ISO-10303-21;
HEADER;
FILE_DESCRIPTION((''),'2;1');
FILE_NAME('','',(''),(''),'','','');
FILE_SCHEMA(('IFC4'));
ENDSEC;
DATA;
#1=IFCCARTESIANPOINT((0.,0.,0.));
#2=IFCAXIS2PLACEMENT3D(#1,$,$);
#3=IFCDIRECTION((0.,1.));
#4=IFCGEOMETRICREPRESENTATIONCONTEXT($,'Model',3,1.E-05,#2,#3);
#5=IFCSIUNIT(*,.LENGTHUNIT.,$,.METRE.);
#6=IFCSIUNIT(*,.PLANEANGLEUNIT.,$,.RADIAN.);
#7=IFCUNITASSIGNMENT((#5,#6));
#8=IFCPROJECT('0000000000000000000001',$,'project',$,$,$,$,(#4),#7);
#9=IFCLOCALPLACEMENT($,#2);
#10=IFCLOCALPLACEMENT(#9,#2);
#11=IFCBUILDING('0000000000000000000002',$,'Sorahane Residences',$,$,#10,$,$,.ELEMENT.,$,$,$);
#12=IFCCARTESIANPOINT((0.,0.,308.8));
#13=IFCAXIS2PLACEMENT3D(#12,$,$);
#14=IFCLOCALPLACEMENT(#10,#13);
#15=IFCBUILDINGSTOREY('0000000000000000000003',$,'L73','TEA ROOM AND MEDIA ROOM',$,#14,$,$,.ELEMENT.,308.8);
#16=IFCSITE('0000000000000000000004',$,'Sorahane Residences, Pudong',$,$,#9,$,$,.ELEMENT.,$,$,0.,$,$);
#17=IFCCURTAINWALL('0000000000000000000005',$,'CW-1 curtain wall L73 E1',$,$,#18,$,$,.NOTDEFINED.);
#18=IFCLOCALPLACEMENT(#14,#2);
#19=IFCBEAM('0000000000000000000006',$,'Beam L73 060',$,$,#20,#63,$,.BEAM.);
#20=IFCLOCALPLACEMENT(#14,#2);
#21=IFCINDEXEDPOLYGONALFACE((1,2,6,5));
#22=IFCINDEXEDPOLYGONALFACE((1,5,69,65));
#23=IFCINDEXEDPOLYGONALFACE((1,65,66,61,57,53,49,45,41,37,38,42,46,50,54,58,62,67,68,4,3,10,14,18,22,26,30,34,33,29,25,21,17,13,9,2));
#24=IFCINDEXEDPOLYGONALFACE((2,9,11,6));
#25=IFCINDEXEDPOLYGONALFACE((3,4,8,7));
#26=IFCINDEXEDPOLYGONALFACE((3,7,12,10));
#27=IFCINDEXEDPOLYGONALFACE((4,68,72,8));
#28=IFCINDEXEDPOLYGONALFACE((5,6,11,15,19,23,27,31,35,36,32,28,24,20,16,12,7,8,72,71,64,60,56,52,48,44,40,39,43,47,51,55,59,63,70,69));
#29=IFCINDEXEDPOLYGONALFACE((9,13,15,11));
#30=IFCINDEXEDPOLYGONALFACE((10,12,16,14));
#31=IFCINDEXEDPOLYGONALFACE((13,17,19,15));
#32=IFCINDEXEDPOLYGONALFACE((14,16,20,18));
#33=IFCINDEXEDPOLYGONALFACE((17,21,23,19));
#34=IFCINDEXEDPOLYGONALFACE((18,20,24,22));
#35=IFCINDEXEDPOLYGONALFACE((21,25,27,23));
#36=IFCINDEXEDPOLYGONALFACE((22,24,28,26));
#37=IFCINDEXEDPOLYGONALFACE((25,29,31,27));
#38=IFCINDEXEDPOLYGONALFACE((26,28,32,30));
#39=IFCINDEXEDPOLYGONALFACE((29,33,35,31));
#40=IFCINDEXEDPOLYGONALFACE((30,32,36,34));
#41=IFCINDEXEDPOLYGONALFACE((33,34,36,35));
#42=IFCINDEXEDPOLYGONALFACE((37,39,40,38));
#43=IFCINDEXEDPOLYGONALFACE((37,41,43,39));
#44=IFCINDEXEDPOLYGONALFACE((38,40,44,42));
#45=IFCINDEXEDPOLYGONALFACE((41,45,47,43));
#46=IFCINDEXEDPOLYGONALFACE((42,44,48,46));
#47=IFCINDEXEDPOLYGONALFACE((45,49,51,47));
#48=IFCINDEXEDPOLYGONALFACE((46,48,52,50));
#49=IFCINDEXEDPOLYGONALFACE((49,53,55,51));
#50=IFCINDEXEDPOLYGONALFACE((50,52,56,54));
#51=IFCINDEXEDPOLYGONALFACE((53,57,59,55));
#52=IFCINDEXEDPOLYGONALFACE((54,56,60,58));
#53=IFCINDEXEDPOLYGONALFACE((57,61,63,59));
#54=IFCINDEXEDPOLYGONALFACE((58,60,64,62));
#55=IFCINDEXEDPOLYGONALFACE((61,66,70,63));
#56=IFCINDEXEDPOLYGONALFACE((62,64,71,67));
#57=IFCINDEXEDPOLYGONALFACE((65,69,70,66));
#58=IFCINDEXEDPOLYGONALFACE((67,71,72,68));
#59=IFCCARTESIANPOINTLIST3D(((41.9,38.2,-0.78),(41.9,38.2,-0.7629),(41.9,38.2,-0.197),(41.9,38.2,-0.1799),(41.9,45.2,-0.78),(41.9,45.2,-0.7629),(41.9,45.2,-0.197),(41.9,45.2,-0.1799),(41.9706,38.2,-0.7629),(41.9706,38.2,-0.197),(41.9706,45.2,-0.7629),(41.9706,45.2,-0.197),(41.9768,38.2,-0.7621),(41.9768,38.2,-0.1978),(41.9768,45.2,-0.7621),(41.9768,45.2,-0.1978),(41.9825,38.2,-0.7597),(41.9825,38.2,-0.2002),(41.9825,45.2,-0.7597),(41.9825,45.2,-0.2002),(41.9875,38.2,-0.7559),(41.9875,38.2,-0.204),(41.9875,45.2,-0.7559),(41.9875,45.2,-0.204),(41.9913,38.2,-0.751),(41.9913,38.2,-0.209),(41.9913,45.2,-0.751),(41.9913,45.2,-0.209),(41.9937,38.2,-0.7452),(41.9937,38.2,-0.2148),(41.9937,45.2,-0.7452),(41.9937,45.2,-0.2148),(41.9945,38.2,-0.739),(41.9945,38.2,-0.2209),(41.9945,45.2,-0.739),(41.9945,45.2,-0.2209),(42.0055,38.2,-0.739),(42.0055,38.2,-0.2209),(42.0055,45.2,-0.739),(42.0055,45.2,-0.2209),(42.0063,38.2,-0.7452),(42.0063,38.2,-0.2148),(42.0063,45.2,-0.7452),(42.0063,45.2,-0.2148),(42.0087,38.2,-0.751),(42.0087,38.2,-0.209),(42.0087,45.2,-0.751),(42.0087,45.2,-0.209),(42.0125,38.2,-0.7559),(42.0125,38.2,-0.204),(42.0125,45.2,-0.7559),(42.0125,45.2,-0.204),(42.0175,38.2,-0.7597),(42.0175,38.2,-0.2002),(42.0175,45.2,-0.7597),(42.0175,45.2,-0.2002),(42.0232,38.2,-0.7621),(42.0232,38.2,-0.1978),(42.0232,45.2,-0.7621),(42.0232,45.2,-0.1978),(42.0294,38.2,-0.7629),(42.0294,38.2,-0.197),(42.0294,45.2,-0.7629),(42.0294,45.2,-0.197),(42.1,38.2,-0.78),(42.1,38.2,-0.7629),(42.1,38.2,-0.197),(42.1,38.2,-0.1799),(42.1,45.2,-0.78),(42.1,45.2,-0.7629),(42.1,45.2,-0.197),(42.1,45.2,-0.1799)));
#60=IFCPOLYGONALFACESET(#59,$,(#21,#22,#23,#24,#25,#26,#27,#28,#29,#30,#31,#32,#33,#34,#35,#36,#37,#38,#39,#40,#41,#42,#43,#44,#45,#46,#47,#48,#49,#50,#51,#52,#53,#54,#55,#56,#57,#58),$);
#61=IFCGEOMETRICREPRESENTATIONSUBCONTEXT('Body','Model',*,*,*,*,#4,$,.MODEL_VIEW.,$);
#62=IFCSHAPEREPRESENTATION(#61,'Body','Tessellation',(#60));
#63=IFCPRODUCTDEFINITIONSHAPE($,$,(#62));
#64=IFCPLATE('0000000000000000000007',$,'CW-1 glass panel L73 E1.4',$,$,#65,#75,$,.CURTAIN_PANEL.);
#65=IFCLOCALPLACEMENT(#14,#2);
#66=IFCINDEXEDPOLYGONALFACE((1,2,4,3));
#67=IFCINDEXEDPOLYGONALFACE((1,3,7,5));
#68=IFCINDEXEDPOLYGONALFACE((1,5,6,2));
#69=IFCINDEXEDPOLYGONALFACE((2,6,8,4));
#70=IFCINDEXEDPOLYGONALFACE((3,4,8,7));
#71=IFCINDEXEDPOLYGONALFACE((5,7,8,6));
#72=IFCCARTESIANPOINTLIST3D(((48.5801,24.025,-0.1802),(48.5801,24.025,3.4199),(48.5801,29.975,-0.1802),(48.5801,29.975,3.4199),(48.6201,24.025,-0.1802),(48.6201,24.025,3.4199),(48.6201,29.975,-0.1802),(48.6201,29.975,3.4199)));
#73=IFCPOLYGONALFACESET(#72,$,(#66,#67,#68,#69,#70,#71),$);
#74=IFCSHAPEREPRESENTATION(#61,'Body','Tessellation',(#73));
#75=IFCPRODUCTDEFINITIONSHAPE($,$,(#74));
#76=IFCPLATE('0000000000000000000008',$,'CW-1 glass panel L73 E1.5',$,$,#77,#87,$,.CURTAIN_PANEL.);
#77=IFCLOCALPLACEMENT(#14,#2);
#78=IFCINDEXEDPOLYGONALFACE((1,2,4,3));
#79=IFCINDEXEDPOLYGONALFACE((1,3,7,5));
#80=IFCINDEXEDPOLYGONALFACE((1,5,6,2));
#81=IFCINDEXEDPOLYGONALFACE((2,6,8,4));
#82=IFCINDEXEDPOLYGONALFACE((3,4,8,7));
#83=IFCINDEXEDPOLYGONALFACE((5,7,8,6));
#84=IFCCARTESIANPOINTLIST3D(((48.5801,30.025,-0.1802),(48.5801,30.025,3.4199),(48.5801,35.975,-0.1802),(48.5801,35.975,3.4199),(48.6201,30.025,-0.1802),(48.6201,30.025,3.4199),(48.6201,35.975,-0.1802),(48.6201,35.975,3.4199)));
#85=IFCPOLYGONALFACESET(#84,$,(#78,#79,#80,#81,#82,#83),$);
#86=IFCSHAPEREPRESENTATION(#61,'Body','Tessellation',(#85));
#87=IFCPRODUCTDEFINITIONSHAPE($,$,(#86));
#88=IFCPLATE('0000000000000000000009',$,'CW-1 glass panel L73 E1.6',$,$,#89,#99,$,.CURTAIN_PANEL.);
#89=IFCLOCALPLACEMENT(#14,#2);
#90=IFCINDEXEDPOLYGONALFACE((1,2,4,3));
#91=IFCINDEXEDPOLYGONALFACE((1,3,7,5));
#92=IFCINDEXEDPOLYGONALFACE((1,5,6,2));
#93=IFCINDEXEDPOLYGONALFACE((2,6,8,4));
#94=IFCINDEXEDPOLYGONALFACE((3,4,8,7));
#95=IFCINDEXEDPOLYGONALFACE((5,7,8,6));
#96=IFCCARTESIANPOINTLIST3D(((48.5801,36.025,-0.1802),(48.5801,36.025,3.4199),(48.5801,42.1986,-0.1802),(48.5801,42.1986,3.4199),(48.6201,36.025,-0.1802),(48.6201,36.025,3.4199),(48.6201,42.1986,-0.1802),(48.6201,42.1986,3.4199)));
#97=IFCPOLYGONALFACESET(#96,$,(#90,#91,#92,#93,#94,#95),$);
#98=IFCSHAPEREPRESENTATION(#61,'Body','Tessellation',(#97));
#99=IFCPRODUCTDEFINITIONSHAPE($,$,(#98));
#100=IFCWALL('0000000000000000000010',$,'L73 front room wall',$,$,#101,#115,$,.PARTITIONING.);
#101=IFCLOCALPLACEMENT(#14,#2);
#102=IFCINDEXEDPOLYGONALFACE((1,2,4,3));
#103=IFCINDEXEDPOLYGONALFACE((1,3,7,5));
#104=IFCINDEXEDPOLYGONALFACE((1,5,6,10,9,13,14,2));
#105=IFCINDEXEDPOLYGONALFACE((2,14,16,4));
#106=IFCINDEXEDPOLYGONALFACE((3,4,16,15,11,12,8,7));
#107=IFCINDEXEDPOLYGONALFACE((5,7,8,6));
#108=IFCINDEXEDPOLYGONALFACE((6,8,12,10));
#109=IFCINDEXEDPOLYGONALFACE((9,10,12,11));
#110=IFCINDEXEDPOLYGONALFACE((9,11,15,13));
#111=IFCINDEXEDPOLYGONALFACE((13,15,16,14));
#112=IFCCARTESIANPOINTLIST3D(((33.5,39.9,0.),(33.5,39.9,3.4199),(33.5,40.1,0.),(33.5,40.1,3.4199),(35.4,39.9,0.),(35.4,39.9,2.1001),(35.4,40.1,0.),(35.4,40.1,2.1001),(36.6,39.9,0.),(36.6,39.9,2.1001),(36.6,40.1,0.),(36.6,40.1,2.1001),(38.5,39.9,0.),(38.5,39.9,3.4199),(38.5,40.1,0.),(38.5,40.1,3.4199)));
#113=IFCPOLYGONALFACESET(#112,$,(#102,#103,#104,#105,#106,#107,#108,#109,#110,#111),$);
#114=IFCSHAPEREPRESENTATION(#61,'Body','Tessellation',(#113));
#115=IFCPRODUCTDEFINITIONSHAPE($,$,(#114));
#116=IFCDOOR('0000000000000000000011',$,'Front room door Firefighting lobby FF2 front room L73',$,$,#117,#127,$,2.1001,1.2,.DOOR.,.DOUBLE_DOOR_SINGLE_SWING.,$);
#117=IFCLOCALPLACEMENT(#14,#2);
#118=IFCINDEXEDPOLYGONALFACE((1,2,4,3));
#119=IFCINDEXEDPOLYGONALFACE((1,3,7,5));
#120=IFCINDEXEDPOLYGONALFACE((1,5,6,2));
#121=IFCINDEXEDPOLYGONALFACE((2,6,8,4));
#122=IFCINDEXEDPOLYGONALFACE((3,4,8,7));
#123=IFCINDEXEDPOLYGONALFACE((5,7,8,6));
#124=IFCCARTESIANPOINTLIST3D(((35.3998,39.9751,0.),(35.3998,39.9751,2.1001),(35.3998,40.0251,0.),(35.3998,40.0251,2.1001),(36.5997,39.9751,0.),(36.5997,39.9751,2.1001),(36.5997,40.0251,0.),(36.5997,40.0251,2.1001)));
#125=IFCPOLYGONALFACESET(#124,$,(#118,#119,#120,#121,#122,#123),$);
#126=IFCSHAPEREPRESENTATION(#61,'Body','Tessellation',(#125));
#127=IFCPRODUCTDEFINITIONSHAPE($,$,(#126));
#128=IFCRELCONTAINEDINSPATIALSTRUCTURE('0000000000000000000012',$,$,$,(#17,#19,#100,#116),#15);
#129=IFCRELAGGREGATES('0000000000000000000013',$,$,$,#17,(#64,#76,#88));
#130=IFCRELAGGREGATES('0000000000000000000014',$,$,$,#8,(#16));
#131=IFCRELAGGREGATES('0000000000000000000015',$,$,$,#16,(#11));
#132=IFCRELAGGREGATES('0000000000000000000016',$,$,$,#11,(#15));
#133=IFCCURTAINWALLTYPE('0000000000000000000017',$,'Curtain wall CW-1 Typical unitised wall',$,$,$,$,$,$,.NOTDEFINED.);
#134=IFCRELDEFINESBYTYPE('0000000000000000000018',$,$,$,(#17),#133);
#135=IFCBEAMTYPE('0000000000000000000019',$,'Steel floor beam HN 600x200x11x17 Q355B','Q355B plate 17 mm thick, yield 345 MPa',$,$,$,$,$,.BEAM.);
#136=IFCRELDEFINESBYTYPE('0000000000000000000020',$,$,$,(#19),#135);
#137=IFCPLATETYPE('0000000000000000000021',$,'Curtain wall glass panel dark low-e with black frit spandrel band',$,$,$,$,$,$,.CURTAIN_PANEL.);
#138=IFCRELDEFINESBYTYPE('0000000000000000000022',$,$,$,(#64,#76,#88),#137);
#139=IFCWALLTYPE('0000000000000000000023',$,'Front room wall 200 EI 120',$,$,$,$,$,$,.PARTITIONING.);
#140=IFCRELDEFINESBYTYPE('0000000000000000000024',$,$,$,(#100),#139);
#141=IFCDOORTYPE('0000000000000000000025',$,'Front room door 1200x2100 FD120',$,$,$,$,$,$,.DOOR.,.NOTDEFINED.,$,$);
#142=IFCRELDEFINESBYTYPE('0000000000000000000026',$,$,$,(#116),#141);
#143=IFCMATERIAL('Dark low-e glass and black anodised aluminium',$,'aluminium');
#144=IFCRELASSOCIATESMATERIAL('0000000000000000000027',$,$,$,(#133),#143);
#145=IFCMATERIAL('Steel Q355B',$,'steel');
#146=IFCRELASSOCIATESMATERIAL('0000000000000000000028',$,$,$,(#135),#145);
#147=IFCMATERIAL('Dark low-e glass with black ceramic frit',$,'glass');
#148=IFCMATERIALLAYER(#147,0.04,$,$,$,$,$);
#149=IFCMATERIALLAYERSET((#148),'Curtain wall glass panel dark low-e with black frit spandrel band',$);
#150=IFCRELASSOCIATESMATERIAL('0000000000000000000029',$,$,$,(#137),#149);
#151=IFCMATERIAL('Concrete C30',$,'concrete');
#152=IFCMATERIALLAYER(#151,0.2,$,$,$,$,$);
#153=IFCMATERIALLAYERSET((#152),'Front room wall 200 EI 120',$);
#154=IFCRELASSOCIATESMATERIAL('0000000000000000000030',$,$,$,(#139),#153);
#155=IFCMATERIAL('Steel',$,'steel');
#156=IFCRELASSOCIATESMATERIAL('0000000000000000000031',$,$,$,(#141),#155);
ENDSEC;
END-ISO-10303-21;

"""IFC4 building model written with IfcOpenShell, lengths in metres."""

from ifc_helpers import new_model, si_unit, direction, frame, frame_2d, origin, origin_2d, place, context, subcontext, project, spatial, rectangle, i_section, extrude, material, layer, layer_set, material_profile, profile_set, type_object, element, fill, aggregate, save


model = new_model("IFC4")

# Units and contexts
model_context = context("Model", 3, precision=1e-05, world=origin(), true_north=direction((0.0, 1.0)))
body_context = subcontext(model_context, "Body", "Model", "MODEL_VIEW")
ifc_project = project(units=[si_unit("LENGTHUNIT", "METRE"), si_unit("PLANEANGLEUNIT", "RADIAN")], contexts=[model_context])

# Site, building, storey
site_placement = place(None, origin())
site = spatial("IfcSite", under=ifc_project, at=site_placement, Name="Sorahane Residences, Pudong", CompositionType="ELEMENT", RefElevation=0.0)
building_placement = place(site_placement, origin())
building = spatial("IfcBuilding", under=site, at=building_placement, Name="Sorahane Residences", CompositionType="ELEMENT")
storey_placement = place(building_placement, frame((0.0, 0.0, 308.8)))
storey = spatial("IfcBuildingStorey", under=building, at=storey_placement, Name="L73", Description="TEA ROOM AND MEDIA ROOM", CompositionType="ELEMENT", Elevation=308.8)

# Curtain wall
ifc_material_1 = material(Name="Dark low-e glass and black anodised aluminium", Category="aluminium")
curtain_wall_type = type_object("IfcCurtainWallType", Name="Curtain wall CW-1 Typical unitised wall", PredefinedType="NOTDEFINED", material=ifc_material_1)
curtain_wall_placement = place(storey_placement, origin())
curtain_wall = element("IfcCurtainWall", 1, at=curtain_wall_placement, inside=storey, type_object=curtain_wall_type, Name="CW-1 curtain wall L73 E1", PredefinedType="NOTDEFINED")

# Beam
ifc_material_2 = material(Name="Steel Q355B", Category="steel")
ifc_material_profile_1 = material_profile(ifc_material_2, i_section(OverallWidth=0.2, OverallDepth=0.6001, WebThickness=0.011, FlangeThickness=0.0171, FilletRadius=0.0239, at=origin_2d()), Name="HN 600x200x11x17")
ifc_profile_set_1 = profile_set([ifc_material_profile_1], Name="Steel Q355B")
beam_type_1 = type_object("IfcBeamType", Name="Steel floor beam HN 600x200x11x17 Q355B", Description="Q355B plate 17 mm thick, yield 345 MPa", PredefinedType="BEAM", material=ifc_profile_set_1)
for number, where, z_axis, x_axis, name in (
    (2, (42.0, 38.2, -0.48), (0.0, 1.0, 0.0), (-1.0, 0.0, 0.0), "Beam L73 060"),
):
    element("IfcBeam", number, at=place(storey_placement, frame(where, z_axis=z_axis, x_axis=x_axis)), inside=storey, type_object=beam_type_1, Name=name, PredefinedType="BEAM", context=body_context, shape_type="SweptSolid", body=[
        extrude(i_section(OverallWidth=0.2, OverallDepth=0.6001, WebThickness=0.011, FlangeThickness=0.0171, FilletRadius=0.0239, at=origin_2d()), origin(), (0.0, 0.0, 1.0), 7.0),
    ])

# Plates
ifc_material_3 = material(Name="Dark low-e glass with black ceramic frit", Category="glass")
ifc_layer_1 = layer(ifc_material_3, 0.04)
ifc_layer_set_1 = layer_set([ifc_layer_1], Name="Curtain wall glass panel dark low-e with black frit spandrel band")
plate_type = type_object("IfcPlateType", Name="Curtain wall glass panel dark low-e with black frit spandrel band", PredefinedType="CURTAIN_PANEL", material=ifc_layer_set_1)
plate_1_placement = place(storey_placement, frame((48.6001, 27.0, -0.1802), z_axis=(0.0, 0.0, 1.0), x_axis=(0.0, 1.0, 0.0)))
plate_1 = element("IfcPlate", 3, at=plate_1_placement, type_object=plate_type, Name="CW-1 glass panel L73 E1.4", PredefinedType="CURTAIN_PANEL", context=body_context, shape_type="SweptSolid", body=[
    extrude(rectangle(XDim=5.95, YDim=0.04, at=origin_2d()), origin(), (0.0, 0.0, 1.0), 3.6001),
])
plate_2_placement = place(storey_placement, frame((48.6001, 33.0, -0.1802), z_axis=(0.0, 0.0, 1.0), x_axis=(0.0, 1.0, 0.0)))
plate_2 = element("IfcPlate", 4, at=plate_2_placement, type_object=plate_type, Name="CW-1 glass panel L73 E1.5", PredefinedType="CURTAIN_PANEL", context=body_context, shape_type="SweptSolid", body=[
    extrude(rectangle(XDim=5.95, YDim=0.04, at=origin_2d()), origin(), (0.0, 0.0, 1.0), 3.6001),
])
plate_3_placement = place(storey_placement, frame((48.6001, 39.1118, -0.1802), z_axis=(0.0, 0.0, 1.0), x_axis=(0.0, 1.0, 0.0)))
plate_3 = element("IfcPlate", 5, at=plate_3_placement, type_object=plate_type, Name="CW-1 glass panel L73 E1.6", PredefinedType="CURTAIN_PANEL", context=body_context, shape_type="SweptSolid", body=[
    extrude(rectangle(XDim=6.1736, YDim=0.04, at=origin_2d()), origin(), (0.0, 0.0, 1.0), 3.6001),
])
aggregate(curtain_wall, [plate_1, plate_2, plate_3])

# Wall, opening, door
ifc_material_4 = material(Name="Concrete C30", Category="concrete")
ifc_layer_2 = layer(ifc_material_4, 0.2)
ifc_layer_set_2 = layer_set([ifc_layer_2], Name="Front room wall 200 EI 120")
wall_type_1 = type_object("IfcWallType", Name="Front room wall 200 EI 120", PredefinedType="PARTITIONING", material=ifc_layer_set_2)
wall_1_placement = place(storey_placement, frame((33.5, 40.0, 0.0), z_axis=(0.0, 0.0, 1.0), x_axis=(1.0, 0.0, 0.0)))
wall_1 = element("IfcWall", 6, at=wall_1_placement, inside=storey, type_object=wall_type_1, Name="L73 front room wall", PredefinedType="PARTITIONING", context=body_context, shape_type="SweptSolid", body=[
    extrude(rectangle(XDim=5.0, YDim=0.2, at=frame_2d((2.5, 0.0))), origin(), (0.0, 0.0, 1.0), 3.4199),
])
opening_1_placement = place(wall_1_placement, frame((1.8999, 0.0, 0.0)))
opening_1 = element("IfcOpeningElement", 7, at=opening_1_placement, cuts=wall_1, PredefinedType="OPENING", context=body_context, shape_type="SweptSolid", body=[
    extrude(rectangle(XDim=1.2, YDim=2.1001, at=frame_2d((0.6001, 1.05))), frame((0.0, 0.1099, 0.0), z_axis=(0.0, -1.0, 0.0), x_axis=(1.0, 0.0, 0.0)), (0.0, 0.0, 1.0), 0.22),
])
ifc_material_5 = material(Name="Steel", Category="steel")
door_type_1 = type_object("IfcDoorType", Name="Front room door 1200x2100 FD120", OperationType="NOTDEFINED", PredefinedType="DOOR", material=ifc_material_5)
door_1_placement = place(opening_1_placement, frame((1.2, 0.0, 0.0), z_axis=(0.0, 0.0, 1.0), x_axis=(-1.0, 0.0, 0.0)))
door_1 = element("IfcDoor", 8, at=door_1_placement, inside=storey, type_object=door_type_1, Name="Front room door Firefighting lobby FF2 front room L73", OperationType="DOUBLE_DOOR_SINGLE_SWING", OverallHeight=2.1001, OverallWidth=1.2, PredefinedType="DOOR", context=body_context, shape_type="SweptSolid", body=[
    extrude(rectangle(XDim=1.2, YDim=2.1001, at=frame_2d((0.6001, 1.05))), frame((0.0, 0.0249, 0.0), z_axis=(0.0, -1.0, 0.0), x_axis=(1.0, 0.0, 0.0)), (0.0, 0.0, 1.0), 0.05),
])
fill(opening_1, door_1)

save(model, "model.ifc")
